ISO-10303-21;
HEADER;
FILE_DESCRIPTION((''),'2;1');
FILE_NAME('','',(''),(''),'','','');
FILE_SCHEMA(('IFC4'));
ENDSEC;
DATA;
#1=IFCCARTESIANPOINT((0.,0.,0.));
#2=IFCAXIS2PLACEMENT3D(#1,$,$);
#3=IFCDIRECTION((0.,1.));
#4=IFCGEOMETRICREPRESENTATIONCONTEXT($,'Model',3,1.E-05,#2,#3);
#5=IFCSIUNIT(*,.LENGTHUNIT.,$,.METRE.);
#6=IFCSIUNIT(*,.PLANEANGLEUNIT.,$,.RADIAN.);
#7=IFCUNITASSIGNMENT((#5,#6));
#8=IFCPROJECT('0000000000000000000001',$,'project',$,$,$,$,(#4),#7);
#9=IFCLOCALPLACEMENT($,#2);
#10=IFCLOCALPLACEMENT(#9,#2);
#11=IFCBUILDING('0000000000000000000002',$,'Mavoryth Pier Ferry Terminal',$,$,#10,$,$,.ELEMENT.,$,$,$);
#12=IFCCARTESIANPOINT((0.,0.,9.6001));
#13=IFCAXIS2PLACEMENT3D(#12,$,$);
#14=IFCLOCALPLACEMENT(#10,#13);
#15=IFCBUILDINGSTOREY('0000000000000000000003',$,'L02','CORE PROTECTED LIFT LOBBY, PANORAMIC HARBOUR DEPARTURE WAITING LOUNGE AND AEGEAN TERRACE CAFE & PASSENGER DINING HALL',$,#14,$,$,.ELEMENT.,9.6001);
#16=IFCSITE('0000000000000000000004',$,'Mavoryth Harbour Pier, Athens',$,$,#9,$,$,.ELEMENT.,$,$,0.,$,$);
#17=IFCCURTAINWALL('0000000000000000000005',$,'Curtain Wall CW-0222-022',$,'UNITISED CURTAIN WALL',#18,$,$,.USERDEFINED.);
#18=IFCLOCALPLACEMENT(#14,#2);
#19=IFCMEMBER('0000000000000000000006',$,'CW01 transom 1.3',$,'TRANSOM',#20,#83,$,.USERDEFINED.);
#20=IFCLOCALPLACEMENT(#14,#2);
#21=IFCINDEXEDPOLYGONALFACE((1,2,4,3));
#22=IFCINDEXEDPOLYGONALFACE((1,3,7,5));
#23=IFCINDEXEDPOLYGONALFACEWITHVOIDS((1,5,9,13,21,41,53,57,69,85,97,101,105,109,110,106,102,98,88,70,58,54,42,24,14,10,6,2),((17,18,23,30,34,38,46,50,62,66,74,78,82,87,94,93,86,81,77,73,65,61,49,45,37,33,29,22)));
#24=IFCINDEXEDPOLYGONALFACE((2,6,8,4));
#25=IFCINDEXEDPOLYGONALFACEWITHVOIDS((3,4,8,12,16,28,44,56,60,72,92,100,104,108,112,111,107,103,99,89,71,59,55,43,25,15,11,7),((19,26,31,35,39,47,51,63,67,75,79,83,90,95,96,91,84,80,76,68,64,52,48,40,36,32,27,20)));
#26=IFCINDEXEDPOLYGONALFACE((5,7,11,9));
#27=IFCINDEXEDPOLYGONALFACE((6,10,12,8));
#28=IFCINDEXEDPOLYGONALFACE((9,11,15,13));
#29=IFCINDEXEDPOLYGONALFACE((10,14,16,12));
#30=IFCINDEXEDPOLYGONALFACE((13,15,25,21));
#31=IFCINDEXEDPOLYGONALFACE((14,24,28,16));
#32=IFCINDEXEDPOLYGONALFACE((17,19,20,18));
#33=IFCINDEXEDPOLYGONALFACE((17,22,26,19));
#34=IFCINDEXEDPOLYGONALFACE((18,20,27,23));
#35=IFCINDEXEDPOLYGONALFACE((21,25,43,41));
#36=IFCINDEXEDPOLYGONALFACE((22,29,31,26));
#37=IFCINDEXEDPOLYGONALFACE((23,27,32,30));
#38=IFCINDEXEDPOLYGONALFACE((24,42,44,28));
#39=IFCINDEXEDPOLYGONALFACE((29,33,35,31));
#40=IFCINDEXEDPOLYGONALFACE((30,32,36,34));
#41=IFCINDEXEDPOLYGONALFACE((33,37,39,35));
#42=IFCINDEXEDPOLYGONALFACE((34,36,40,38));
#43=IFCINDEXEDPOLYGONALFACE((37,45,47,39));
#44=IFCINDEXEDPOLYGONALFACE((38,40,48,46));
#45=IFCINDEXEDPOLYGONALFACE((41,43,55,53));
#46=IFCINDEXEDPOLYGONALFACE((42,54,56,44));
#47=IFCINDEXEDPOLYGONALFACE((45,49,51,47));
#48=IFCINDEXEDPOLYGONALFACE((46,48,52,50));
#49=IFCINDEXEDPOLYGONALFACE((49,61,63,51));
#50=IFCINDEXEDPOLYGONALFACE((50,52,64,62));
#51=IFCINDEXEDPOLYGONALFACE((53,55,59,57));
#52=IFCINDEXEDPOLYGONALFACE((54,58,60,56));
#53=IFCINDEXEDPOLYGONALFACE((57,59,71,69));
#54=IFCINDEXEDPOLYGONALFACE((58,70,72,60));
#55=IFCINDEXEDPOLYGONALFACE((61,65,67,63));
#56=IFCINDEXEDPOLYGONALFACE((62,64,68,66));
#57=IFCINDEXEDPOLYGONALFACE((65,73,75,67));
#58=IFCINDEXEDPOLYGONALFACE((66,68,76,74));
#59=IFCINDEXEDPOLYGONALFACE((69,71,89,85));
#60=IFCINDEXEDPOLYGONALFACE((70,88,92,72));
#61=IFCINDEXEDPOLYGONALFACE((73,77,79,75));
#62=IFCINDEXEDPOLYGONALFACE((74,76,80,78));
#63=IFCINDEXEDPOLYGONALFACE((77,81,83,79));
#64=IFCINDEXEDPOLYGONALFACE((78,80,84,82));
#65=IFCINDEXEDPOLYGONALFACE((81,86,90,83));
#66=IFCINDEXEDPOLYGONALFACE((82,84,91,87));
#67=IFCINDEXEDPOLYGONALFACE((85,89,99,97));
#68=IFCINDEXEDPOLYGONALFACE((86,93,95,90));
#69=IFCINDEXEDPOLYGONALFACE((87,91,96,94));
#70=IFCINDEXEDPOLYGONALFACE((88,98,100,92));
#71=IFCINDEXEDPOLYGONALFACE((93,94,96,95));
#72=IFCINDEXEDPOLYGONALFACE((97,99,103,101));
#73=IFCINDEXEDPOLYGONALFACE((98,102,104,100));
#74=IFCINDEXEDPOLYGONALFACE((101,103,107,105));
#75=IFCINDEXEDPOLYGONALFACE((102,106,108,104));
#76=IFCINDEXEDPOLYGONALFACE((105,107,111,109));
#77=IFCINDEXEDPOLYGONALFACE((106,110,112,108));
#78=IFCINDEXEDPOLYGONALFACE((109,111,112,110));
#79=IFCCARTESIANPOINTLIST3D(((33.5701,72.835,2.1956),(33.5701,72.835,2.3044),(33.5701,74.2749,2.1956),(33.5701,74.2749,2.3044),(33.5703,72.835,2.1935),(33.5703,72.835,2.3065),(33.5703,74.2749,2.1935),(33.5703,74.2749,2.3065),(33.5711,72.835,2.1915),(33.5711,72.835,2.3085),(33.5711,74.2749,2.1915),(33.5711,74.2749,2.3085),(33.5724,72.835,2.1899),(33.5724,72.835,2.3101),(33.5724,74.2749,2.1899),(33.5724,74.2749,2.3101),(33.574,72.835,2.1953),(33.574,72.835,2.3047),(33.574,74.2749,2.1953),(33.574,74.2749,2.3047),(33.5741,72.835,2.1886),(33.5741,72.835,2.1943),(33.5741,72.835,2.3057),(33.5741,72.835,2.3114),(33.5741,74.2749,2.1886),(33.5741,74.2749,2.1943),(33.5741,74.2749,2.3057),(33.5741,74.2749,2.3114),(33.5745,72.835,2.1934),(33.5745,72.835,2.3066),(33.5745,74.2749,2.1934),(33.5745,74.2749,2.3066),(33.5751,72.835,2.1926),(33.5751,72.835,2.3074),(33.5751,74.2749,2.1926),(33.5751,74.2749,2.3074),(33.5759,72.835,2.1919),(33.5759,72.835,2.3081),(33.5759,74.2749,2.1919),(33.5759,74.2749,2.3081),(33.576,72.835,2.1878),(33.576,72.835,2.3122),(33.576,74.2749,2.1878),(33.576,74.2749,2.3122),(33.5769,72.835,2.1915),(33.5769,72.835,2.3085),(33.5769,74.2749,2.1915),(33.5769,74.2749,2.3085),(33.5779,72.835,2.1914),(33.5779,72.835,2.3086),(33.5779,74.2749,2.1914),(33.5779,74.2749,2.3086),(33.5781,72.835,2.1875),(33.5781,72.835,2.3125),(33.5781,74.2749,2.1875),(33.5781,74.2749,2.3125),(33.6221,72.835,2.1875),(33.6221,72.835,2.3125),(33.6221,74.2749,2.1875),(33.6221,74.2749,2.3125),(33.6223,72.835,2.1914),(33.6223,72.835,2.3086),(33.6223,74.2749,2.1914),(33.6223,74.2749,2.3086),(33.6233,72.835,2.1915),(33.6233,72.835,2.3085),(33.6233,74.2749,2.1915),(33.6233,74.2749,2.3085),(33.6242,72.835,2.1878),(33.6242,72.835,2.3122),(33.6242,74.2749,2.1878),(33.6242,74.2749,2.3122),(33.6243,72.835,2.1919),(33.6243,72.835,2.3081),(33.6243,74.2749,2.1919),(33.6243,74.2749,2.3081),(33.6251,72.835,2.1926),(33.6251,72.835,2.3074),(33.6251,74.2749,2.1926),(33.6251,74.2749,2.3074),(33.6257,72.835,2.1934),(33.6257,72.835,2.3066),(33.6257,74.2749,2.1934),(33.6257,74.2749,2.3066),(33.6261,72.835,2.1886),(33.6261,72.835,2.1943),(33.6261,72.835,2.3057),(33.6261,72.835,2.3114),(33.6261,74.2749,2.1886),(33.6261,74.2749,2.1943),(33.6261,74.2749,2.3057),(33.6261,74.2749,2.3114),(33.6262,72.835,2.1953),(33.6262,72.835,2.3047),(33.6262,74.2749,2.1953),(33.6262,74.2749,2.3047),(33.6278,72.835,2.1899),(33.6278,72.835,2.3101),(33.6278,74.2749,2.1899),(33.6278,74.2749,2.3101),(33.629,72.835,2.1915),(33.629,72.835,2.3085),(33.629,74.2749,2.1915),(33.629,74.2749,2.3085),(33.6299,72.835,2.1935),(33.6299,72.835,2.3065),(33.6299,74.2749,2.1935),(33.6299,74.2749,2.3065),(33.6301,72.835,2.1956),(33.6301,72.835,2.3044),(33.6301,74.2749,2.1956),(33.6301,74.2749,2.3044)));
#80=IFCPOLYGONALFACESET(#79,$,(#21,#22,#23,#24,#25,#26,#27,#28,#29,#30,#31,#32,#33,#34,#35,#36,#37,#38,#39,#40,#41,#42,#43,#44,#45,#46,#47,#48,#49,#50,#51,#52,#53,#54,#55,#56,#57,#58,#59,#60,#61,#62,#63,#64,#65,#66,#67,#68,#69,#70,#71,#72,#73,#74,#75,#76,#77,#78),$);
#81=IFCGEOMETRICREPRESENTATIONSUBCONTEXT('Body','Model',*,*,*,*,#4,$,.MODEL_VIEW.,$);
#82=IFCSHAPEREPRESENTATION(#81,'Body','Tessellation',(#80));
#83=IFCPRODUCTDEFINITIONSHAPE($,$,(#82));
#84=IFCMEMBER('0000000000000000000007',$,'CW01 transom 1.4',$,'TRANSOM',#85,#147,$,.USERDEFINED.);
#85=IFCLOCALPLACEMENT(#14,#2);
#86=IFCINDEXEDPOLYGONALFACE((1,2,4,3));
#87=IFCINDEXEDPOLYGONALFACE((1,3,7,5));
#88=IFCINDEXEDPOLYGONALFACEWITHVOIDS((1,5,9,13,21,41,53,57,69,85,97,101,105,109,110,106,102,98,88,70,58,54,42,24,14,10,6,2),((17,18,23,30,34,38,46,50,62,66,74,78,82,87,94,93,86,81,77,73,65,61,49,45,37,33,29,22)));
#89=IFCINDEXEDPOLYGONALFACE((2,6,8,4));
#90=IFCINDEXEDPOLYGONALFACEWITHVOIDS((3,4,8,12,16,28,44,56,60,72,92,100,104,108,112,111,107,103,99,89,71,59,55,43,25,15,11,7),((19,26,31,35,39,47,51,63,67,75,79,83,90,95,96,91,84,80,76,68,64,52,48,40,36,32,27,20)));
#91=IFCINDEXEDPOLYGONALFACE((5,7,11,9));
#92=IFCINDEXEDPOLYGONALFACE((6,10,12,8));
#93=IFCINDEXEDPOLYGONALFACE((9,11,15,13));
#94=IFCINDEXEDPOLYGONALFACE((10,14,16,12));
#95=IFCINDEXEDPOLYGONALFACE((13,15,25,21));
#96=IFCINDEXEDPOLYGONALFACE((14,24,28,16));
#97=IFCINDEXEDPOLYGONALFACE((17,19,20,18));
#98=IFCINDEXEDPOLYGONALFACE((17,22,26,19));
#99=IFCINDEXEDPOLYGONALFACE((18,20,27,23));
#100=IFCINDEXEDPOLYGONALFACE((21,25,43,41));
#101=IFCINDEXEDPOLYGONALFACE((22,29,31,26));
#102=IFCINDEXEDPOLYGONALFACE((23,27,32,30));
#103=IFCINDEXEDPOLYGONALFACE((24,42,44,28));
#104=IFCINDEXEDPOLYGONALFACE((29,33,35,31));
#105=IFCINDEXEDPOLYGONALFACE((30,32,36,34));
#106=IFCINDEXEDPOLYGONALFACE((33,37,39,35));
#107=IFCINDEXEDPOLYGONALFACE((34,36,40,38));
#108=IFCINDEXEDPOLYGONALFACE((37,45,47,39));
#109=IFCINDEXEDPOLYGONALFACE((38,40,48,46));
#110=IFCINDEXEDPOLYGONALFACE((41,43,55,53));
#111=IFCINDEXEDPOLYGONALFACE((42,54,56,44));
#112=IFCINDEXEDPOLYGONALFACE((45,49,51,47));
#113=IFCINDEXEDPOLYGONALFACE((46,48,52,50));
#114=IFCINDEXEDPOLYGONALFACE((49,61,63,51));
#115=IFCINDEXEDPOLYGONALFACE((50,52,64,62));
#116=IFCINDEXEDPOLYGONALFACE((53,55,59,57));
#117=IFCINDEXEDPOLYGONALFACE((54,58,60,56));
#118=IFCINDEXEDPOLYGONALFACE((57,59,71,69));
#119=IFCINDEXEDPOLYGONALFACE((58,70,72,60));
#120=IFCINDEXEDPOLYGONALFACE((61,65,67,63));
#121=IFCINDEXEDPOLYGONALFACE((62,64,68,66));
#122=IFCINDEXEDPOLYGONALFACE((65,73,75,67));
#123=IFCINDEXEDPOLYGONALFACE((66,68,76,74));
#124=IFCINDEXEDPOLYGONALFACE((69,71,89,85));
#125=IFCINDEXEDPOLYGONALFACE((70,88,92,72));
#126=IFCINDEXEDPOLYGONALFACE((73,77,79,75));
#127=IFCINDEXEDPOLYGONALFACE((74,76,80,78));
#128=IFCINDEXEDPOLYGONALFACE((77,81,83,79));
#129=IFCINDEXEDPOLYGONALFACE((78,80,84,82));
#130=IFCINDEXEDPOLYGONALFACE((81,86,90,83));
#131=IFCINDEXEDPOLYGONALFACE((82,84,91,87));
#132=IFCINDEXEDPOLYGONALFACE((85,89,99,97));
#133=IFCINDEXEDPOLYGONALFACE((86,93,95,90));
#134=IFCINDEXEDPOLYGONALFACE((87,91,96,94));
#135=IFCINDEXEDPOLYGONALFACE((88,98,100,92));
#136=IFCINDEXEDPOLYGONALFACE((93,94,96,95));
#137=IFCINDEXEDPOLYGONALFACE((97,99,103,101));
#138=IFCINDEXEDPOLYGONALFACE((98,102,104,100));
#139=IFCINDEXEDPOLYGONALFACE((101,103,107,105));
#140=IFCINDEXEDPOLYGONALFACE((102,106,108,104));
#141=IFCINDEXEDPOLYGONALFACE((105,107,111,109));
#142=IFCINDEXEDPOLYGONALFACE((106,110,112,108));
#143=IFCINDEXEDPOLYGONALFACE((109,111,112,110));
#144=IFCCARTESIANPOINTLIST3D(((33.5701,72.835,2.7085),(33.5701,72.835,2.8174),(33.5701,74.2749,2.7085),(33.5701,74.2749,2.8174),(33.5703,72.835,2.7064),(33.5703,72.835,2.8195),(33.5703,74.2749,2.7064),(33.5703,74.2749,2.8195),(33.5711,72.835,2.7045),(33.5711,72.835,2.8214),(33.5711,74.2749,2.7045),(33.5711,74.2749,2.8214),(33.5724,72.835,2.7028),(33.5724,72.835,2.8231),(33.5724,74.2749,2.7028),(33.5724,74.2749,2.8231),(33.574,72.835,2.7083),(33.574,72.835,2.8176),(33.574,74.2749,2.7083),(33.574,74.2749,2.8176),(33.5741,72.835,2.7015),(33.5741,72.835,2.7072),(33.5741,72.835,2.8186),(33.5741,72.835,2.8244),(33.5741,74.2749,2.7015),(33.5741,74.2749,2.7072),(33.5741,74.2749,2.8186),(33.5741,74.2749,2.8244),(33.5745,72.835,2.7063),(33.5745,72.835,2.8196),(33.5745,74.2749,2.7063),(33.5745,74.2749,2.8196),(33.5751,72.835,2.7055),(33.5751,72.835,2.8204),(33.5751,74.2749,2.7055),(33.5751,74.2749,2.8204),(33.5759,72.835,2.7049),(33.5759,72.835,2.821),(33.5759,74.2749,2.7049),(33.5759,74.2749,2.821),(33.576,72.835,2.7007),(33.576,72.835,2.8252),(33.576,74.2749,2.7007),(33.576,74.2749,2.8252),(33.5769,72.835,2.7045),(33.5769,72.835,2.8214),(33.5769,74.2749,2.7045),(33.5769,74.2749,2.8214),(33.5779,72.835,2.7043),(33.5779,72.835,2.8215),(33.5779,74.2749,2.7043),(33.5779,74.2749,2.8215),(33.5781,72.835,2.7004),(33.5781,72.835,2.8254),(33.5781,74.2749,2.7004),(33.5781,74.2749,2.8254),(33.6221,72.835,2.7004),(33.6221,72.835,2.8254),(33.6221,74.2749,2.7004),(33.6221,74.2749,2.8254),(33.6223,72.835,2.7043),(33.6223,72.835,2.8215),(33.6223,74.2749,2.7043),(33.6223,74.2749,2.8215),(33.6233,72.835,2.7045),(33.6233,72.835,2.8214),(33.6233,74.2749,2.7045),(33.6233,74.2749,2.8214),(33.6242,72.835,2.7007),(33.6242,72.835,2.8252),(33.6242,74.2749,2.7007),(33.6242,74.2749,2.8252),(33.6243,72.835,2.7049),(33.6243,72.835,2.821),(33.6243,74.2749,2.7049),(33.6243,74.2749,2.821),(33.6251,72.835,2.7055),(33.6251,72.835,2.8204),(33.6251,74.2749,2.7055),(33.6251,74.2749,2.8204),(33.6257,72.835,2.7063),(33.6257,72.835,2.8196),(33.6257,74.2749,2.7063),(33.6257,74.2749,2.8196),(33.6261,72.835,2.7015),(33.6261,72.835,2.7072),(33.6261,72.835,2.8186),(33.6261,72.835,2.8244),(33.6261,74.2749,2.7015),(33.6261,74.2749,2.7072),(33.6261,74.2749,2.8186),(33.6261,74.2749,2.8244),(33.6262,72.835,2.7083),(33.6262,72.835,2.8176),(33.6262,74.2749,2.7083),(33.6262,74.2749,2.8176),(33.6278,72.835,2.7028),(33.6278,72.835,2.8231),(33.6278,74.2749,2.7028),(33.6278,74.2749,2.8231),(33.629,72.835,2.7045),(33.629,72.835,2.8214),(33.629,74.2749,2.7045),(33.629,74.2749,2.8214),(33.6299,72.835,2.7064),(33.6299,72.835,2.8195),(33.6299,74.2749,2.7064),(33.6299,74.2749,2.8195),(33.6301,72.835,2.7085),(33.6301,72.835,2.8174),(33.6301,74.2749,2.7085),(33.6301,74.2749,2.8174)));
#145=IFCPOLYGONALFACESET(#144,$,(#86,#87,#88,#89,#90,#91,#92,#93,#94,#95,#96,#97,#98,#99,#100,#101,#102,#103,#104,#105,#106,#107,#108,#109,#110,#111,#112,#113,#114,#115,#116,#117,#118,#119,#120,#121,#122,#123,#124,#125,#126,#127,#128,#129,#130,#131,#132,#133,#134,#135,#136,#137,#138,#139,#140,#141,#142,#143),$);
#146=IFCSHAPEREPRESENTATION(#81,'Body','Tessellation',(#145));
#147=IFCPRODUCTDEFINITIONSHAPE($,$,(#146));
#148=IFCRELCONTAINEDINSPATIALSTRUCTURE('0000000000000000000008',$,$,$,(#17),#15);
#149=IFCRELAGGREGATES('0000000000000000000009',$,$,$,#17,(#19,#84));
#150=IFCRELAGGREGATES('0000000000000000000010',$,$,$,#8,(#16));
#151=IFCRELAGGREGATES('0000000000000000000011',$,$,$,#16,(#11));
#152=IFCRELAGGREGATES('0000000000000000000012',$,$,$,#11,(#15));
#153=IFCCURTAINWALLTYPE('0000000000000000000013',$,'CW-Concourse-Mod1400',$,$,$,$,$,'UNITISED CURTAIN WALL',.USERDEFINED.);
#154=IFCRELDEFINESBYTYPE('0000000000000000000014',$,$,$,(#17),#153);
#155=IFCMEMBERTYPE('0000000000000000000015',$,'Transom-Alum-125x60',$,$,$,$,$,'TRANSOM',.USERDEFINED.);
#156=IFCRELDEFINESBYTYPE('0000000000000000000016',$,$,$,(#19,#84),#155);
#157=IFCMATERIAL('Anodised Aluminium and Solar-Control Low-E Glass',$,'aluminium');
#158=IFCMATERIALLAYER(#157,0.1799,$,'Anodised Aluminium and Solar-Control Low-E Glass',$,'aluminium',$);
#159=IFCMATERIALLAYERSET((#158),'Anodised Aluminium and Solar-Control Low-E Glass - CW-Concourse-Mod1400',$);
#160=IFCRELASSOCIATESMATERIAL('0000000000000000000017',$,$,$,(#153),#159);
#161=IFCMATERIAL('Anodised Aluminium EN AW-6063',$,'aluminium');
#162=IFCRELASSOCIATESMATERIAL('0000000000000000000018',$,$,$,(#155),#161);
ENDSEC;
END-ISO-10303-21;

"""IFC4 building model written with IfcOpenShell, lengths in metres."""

from ifc_helpers import new_model, si_unit, direction, frame, origin, origin_2d, place, context, subcontext, project, spatial, hollow_rectangle, extrude, material, layer, layer_set, material_profile, profile_set, type_object, element, aggregate, save


model = new_model("IFC4")

# Units and contexts
model_context = context("Model", 3, precision=1e-05, world=origin(), true_north=direction((0.0, 1.0)))
body_context = subcontext(model_context, "Body", "Model", "MODEL_VIEW")
ifc_project = project(units=[si_unit("LENGTHUNIT", "METRE"), si_unit("PLANEANGLEUNIT", "RADIAN")], contexts=[model_context])

# Site, building, storey
site_placement = place(None, origin())
site = spatial("IfcSite", under=ifc_project, at=site_placement, Name="Mavoryth Harbour Pier, Athens", CompositionType="ELEMENT", RefElevation=0.0)
building_placement = place(site_placement, origin())
building = spatial("IfcBuilding", under=site, at=building_placement, Name="Mavoryth Pier Ferry Terminal", CompositionType="ELEMENT")
storey_placement = place(building_placement, frame((0.0, 0.0, 9.6001)))
storey = spatial("IfcBuildingStorey", under=building, at=storey_placement, Name="L02", Description="CORE PROTECTED LIFT LOBBY, PANORAMIC HARBOUR DEPARTURE WAITING LOUNGE AND AEGEAN TERRACE CAFE & PASSENGER DINING HALL", CompositionType="ELEMENT", Elevation=9.6001)

# Curtain wall, members
ifc_material_1 = material(Name="Anodised Aluminium and Solar-Control Low-E Glass", Category="aluminium")
ifc_layer_1 = layer(ifc_material_1, 0.1799, Name="Anodised Aluminium and Solar-Control Low-E Glass", Category="aluminium")
ifc_layer_set_1 = layer_set([ifc_layer_1], Name="Anodised Aluminium and Solar-Control Low-E Glass - CW-Concourse-Mod1400")
curtain_wall_type = type_object("IfcCurtainWallType", Name="CW-Concourse-Mod1400", ElementType="UNITISED CURTAIN WALL", PredefinedType="USERDEFINED", material=ifc_layer_set_1)
curtain_wall_placement = place(storey_placement, origin())
curtain_wall = element("IfcCurtainWall", 1, at=curtain_wall_placement, inside=storey, type_object=curtain_wall_type, Name="Curtain Wall CW-0222-022", ObjectType="UNITISED CURTAIN WALL", PredefinedType="USERDEFINED")
ifc_material_2 = material(Name="Anodised Aluminium EN AW-6063", Category="aluminium")
ifc_material_profile_1 = material_profile(ifc_material_2, hollow_rectangle(XDim=0.0601, YDim=0.125, WallThickness=0.0039, InnerFilletRadius=0.0039, OuterFilletRadius=0.0081, at=origin_2d()), Name="AL-TRAN 125x60x4", Category="aluminium")
ifc_profile_set_1 = profile_set([ifc_material_profile_1], Name="Anodised Aluminium EN AW-6063 - AL-TRAN 125x60x4")
member_type_1 = type_object("IfcMemberType", Name="Transom-Alum-125x60", ElementType="TRANSOM", PredefinedType="USERDEFINED", material=ifc_profile_set_1)
member_1_placement = place(storey_placement, frame((33.6001, 72.835, 2.25), z_axis=(0.0, 1.0, 0.0), x_axis=(-1.0, 0.0, 0.0)))
member_1 = element("IfcMember", 2, at=member_1_placement, type_object=member_type_1, Name="CW01 transom 1.3", ObjectType="TRANSOM", PredefinedType="USERDEFINED", context=body_context, shape_type="SweptSolid", body=[
    extrude(hollow_rectangle(XDim=0.0601, YDim=0.125, WallThickness=0.0039, InnerFilletRadius=0.0039, OuterFilletRadius=0.0081, at=origin_2d()), origin(), (0.0, 0.0, 1.0), 1.4399),
])
member_2_placement = place(storey_placement, frame((33.6001, 72.835, 2.7629), z_axis=(0.0, 1.0, 0.0), x_axis=(-1.0, 0.0, 0.0)))
member_2 = element("IfcMember", 3, at=member_2_placement, type_object=member_type_1, Name="CW01 transom 1.4", ObjectType="TRANSOM", PredefinedType="USERDEFINED", context=body_context, shape_type="SweptSolid", body=[
    extrude(hollow_rectangle(XDim=0.0601, YDim=0.125, WallThickness=0.0039, InnerFilletRadius=0.0039, OuterFilletRadius=0.0081, at=origin_2d()), origin(), (0.0, 0.0, 1.0), 1.4399),
])
aggregate(curtain_wall, [member_1, member_2])

save(model, "model.ifc")
